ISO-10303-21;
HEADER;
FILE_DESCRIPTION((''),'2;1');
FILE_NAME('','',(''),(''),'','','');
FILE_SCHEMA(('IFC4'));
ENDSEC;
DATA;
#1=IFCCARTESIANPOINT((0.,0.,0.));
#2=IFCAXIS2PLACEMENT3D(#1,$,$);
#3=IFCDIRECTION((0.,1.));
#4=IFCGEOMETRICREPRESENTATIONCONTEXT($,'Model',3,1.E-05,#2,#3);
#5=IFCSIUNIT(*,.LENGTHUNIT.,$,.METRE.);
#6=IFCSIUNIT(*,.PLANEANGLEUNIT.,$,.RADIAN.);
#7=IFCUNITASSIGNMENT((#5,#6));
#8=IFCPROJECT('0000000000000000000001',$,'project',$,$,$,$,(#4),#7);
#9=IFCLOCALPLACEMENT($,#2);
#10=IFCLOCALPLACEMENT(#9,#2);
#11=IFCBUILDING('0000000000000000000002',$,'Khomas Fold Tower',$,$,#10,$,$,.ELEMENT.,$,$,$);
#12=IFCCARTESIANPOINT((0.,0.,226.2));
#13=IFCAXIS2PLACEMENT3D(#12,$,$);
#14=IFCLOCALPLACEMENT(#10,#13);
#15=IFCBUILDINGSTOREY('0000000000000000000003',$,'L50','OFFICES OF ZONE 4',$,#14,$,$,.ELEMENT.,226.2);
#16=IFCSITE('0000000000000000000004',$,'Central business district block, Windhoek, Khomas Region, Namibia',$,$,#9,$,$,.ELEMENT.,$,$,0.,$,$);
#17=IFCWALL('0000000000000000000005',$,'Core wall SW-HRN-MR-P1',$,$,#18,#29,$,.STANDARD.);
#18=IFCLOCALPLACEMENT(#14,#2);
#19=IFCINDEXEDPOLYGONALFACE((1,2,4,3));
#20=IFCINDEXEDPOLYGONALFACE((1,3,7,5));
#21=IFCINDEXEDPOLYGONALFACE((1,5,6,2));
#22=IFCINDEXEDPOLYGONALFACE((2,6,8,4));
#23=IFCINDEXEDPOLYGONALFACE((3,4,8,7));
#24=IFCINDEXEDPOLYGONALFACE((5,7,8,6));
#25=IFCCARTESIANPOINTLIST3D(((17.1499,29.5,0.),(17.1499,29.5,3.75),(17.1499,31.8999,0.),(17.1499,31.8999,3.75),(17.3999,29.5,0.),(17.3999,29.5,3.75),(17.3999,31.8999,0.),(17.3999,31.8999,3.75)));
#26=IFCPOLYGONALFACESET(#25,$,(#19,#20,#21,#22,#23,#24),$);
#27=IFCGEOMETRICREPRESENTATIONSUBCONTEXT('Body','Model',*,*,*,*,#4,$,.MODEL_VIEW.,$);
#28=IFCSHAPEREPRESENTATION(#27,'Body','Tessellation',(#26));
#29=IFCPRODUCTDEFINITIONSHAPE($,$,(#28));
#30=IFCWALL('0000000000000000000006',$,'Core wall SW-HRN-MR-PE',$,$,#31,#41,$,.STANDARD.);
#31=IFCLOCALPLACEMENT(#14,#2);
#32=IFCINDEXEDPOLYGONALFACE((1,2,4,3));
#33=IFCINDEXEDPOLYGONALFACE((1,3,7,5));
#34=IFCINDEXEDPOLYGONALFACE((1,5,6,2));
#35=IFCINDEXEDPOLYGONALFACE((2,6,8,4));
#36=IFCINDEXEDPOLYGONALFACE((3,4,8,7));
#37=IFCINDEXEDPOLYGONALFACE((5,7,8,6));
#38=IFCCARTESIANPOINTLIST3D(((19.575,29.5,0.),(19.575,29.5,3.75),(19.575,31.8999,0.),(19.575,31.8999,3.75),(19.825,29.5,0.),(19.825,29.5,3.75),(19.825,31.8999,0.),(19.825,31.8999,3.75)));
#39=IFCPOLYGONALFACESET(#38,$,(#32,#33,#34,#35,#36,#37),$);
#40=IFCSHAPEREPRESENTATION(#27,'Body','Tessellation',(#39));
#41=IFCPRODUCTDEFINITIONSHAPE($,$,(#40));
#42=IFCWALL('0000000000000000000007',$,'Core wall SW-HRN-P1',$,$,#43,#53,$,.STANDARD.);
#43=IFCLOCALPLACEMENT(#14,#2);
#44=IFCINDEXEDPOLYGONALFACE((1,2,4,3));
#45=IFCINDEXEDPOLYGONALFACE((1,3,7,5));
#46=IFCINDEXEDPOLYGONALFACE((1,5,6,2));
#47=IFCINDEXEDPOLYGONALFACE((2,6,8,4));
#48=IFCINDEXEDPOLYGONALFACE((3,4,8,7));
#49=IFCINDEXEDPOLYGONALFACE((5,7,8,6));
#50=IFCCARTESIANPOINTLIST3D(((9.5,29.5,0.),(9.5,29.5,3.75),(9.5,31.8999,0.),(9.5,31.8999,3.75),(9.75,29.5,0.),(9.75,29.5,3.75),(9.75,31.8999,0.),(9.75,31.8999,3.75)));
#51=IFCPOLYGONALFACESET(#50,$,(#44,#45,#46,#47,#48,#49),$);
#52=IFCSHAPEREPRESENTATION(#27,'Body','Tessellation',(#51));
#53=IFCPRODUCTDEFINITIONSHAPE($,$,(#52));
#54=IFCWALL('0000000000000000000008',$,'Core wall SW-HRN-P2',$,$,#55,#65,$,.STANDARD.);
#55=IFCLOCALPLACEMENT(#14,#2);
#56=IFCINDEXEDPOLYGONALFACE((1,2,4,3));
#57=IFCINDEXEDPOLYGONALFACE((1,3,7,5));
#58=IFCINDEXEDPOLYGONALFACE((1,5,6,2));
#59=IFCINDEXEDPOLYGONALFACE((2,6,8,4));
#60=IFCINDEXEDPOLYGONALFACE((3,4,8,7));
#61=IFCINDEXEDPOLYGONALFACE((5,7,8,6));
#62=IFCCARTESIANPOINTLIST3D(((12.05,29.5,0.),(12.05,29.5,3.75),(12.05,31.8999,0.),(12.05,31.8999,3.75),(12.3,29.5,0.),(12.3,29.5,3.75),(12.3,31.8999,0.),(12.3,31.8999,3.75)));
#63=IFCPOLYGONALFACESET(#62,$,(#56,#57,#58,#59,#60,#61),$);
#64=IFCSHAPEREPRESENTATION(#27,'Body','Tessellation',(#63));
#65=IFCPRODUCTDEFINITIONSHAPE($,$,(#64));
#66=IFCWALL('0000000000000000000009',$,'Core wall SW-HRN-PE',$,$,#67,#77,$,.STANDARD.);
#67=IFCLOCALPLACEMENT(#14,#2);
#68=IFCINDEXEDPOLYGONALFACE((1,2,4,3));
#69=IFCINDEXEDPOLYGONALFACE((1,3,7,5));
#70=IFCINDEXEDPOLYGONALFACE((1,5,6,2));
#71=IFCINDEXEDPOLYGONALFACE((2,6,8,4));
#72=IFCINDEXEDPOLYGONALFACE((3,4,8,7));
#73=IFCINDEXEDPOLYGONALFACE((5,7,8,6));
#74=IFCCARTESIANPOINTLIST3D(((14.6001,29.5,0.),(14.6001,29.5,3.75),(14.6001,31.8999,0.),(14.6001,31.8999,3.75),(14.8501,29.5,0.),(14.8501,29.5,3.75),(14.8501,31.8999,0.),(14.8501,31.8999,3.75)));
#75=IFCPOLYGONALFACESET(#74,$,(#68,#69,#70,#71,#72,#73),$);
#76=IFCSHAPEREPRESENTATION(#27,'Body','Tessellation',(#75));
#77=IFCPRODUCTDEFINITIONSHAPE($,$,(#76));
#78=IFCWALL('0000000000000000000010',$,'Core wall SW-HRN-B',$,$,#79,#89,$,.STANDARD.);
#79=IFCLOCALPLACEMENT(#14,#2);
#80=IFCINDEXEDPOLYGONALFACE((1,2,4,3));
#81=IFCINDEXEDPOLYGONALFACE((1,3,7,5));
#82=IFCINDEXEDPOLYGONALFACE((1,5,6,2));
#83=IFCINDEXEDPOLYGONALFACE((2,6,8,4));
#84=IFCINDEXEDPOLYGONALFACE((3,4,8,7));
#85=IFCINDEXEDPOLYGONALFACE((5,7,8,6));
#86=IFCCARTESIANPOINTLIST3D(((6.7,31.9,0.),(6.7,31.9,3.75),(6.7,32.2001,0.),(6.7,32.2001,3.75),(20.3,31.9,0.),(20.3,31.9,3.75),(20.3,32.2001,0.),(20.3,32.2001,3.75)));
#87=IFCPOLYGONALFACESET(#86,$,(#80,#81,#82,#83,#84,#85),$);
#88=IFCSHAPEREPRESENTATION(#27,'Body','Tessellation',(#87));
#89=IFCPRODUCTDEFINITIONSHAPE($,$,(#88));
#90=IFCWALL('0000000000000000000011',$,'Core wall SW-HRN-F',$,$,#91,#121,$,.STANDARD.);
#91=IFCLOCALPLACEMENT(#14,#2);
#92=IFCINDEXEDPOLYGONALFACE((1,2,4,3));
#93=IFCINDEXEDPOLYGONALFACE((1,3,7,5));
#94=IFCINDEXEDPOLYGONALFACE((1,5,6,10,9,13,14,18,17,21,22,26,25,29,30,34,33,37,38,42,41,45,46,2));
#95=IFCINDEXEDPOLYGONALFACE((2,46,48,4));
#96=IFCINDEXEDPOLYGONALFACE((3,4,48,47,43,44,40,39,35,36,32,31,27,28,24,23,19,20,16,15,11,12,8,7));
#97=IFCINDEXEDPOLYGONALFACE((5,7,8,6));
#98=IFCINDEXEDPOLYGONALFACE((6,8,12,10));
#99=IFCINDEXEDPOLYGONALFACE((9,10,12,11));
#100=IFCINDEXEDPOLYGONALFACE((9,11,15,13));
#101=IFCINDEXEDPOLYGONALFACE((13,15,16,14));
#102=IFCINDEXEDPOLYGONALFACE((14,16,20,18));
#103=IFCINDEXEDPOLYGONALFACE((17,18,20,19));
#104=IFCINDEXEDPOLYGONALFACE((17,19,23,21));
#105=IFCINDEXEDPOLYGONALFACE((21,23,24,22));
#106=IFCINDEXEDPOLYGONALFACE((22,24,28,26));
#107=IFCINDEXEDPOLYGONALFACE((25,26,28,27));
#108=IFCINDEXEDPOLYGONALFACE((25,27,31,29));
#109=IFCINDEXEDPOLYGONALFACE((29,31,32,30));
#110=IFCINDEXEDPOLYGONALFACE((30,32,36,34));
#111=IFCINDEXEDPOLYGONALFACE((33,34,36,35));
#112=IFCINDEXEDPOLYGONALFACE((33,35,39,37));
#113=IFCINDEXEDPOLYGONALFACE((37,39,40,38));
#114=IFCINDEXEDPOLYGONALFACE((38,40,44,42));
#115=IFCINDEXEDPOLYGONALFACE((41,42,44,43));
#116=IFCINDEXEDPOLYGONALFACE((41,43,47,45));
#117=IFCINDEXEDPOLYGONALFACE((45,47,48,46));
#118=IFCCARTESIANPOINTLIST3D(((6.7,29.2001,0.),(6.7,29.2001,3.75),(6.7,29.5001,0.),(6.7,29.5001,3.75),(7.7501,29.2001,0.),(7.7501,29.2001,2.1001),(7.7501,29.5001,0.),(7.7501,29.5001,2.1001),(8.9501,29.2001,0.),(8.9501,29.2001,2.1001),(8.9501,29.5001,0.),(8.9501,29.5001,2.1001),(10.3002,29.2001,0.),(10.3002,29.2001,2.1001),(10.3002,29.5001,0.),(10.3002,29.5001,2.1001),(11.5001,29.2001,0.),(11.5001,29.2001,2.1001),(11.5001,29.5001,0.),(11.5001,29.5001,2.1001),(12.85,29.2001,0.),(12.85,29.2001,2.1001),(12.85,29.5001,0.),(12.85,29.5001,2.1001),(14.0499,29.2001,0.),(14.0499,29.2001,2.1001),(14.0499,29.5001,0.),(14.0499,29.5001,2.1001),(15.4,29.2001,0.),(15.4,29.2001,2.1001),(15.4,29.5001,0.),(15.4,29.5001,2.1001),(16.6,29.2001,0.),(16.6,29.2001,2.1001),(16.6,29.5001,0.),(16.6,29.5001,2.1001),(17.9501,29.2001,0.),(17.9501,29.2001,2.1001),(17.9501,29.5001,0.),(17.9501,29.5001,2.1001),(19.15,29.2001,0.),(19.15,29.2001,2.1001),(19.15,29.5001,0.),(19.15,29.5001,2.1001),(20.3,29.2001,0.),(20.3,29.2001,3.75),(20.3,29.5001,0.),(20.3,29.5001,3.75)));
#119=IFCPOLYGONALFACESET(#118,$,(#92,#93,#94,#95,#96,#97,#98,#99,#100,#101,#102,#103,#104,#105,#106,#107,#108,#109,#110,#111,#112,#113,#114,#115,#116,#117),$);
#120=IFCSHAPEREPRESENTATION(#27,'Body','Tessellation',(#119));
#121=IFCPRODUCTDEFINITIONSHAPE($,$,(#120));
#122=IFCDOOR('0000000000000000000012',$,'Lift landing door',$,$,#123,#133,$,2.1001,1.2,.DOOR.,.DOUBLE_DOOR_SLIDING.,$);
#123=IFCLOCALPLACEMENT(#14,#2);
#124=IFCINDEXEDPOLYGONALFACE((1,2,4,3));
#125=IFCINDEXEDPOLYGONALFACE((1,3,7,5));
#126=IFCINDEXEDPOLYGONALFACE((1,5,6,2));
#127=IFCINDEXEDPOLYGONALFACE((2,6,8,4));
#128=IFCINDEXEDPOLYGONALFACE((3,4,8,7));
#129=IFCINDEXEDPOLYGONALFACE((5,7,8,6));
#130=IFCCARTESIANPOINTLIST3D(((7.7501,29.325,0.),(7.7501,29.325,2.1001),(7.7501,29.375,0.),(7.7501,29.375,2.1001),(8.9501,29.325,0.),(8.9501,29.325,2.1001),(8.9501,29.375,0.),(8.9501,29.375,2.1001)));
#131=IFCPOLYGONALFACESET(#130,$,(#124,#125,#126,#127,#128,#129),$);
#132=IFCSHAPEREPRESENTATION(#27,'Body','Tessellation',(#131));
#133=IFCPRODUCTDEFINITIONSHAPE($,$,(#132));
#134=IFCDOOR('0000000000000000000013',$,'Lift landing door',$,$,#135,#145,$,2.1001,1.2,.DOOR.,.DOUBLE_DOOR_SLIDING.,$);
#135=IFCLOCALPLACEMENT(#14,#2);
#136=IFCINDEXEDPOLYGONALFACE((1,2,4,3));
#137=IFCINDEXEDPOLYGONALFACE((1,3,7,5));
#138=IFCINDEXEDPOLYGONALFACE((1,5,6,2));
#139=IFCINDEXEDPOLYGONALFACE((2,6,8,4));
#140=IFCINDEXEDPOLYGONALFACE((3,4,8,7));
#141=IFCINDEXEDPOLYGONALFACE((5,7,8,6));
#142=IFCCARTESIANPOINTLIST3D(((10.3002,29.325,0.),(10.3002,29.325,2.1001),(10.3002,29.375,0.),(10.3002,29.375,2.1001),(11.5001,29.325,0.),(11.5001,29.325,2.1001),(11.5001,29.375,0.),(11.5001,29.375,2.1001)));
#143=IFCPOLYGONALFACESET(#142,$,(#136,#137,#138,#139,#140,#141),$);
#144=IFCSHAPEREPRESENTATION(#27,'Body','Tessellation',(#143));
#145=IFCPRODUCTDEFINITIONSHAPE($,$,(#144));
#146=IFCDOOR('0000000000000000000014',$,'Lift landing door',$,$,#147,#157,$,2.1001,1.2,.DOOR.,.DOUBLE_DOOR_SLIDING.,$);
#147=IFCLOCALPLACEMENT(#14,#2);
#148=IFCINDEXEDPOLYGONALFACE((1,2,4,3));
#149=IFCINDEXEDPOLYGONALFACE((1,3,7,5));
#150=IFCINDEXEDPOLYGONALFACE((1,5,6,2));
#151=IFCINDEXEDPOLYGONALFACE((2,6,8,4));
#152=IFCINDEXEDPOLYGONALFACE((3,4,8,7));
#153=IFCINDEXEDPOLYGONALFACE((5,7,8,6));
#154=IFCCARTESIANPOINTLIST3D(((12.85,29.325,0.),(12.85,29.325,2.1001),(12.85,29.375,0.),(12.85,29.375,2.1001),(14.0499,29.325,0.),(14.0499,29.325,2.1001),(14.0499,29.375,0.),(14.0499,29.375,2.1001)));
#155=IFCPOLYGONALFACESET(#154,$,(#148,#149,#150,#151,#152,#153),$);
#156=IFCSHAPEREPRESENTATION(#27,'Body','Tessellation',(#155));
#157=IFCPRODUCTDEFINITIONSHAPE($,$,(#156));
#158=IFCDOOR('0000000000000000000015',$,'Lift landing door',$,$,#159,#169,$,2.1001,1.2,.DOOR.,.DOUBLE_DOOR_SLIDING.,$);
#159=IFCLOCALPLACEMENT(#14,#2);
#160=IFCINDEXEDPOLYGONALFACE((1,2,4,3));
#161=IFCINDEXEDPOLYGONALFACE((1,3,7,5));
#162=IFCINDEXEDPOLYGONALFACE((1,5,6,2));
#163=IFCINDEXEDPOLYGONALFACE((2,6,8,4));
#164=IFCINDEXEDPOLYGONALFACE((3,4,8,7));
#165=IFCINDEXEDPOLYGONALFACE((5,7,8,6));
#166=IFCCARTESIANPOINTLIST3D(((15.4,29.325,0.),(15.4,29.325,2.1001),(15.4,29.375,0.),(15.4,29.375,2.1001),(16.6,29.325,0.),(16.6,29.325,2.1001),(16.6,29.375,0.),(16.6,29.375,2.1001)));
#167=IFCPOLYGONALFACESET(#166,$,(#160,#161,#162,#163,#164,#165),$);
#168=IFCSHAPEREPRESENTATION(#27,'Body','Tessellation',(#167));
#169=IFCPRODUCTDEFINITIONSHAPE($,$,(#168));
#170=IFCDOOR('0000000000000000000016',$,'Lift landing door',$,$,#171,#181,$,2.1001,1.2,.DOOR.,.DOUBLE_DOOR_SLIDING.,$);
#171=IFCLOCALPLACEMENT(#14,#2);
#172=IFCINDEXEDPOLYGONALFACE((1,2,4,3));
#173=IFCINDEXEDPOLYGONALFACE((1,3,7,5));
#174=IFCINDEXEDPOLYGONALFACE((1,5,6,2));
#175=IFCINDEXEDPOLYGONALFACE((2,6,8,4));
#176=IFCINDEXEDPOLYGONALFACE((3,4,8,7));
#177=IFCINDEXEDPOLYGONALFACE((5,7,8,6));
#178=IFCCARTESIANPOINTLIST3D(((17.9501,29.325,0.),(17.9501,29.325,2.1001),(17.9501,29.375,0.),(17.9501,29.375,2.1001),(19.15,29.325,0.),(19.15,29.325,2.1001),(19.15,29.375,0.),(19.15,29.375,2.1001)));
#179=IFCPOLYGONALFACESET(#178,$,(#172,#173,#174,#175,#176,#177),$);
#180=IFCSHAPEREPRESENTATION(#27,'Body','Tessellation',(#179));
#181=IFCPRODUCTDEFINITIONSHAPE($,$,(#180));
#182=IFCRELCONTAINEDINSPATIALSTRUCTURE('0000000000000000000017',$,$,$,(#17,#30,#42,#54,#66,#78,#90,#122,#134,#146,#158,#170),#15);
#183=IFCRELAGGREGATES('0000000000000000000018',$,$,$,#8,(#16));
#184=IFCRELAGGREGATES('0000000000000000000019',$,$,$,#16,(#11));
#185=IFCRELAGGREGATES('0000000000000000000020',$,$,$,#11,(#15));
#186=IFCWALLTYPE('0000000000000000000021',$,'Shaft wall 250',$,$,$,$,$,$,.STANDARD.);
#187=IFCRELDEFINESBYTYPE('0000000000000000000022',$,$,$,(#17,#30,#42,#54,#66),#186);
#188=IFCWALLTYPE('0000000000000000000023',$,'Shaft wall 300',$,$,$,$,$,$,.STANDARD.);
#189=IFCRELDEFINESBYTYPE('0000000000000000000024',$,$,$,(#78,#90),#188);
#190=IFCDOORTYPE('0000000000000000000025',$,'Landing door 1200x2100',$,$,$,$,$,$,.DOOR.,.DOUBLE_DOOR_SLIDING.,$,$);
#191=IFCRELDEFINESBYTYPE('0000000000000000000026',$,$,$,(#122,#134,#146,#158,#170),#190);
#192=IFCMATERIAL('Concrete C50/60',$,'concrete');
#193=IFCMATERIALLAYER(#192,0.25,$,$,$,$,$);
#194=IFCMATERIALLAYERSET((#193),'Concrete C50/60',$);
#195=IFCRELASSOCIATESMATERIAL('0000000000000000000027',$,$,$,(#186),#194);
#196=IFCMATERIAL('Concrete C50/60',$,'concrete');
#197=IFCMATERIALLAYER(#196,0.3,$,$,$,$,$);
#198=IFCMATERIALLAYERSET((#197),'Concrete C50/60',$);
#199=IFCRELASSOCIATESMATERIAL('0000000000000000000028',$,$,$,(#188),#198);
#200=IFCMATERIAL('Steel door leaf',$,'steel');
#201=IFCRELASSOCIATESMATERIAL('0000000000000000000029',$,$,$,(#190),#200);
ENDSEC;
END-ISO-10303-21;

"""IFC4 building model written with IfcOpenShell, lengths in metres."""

from ifc_helpers import new_model, si_unit, direction, frame, frame_2d, origin, place, context, subcontext, project, spatial, rectangle, extrude, source, transform, mapped, material, layer, layer_set, type_object, element, fill, save


model = new_model("IFC4")

# Units and contexts
model_context = context("Model", 3, precision=1e-05, world=origin(), true_north=direction((0.0, 1.0)))
body_context = subcontext(model_context, "Body", "Model", "MODEL_VIEW")
ifc_project = project(units=[si_unit("LENGTHUNIT", "METRE"), si_unit("PLANEANGLEUNIT", "RADIAN")], contexts=[model_context])

# Site, building, storey
site_placement = place(None, origin())
site = spatial("IfcSite", under=ifc_project, at=site_placement, Name="Central business district block, Windhoek, Khomas Region, Namibia", CompositionType="ELEMENT", RefElevation=0.0)
building_placement = place(site_placement, origin())
building = spatial("IfcBuilding", under=site, at=building_placement, Name="Khomas Fold Tower", CompositionType="ELEMENT")
storey_placement = place(building_placement, frame((0.0, 0.0, 226.2)))
storey = spatial("IfcBuildingStorey", under=building, at=storey_placement, Name="L50", Description="OFFICES OF ZONE 4", CompositionType="ELEMENT", Elevation=226.2)

# Walls
ifc_material_1 = material(Name="Concrete C50/60", Category="concrete")
ifc_layer_1 = layer(ifc_material_1, 0.25)
ifc_layer_set_1 = layer_set([ifc_layer_1], Name="Concrete C50/60")
wall_type_1 = type_object("IfcWallType", Name="Shaft wall 250", PredefinedType="STANDARD", material=ifc_layer_set_1)
shared_shape_1 = source(origin(), body_context, "Body", "SweptSolid", [
    extrude(rectangle(XDim=2.3999, YDim=0.25, at=frame_2d((1.2, 0.0))), origin(), (0.0, 0.0, 1.0), 3.75),
])
for number, where, z_axis, x_axis, name in (
    (1, (17.2749, 29.5, 0.0), (0.0, 0.0, 1.0), (0.0, 1.0, 0.0), "Core wall SW-HRN-MR-P1"),
    (2, (19.7, 29.5, 0.0), (0.0, 0.0, 1.0), (0.0, 1.0, 0.0), "Core wall SW-HRN-MR-PE"),
    (3, (9.625, 29.5, 0.0), (0.0, 0.0, 1.0), (0.0, 1.0, 0.0), "Core wall SW-HRN-P1"),
    (4, (12.175, 29.5, 0.0), (0.0, 0.0, 1.0), (0.0, 1.0, 0.0), "Core wall SW-HRN-P2"),
    (5, (14.7251, 29.5, 0.0), (0.0, 0.0, 1.0), (0.0, 1.0, 0.0), "Core wall SW-HRN-PE"),
):
    element("IfcWall", number, at=place(storey_placement, frame(where, z_axis=z_axis, x_axis=x_axis)), inside=storey, type_object=wall_type_1, Name=name, PredefinedType="STANDARD", context=body_context, shape_type="MappedRepresentation", body=[
        mapped(shared_shape_1, transform((0.0, 0.0, 0.0))),
    ])
ifc_material_2 = material(Name="Concrete C50/60", Category="concrete")
ifc_layer_2 = layer(ifc_material_2, 0.3)
ifc_layer_set_2 = layer_set([ifc_layer_2], Name="Concrete C50/60")
wall_type_2 = type_object("IfcWallType", Name="Shaft wall 300", PredefinedType="STANDARD", material=ifc_layer_set_2)
shared_shape_2 = source(origin(), body_context, "Body", "SweptSolid", [
    extrude(rectangle(XDim=13.6001, YDim=0.3, at=frame_2d((6.8, 0.0))), origin(), (0.0, 0.0, 1.0), 3.75),
])
wall_1_placement = place(storey_placement, frame((6.7, 32.05, 0.0), z_axis=(0.0, 0.0, 1.0), x_axis=(1.0, 0.0, 0.0)))
element("IfcWall", 6, at=wall_1_placement, inside=storey, type_object=wall_type_2, Name="Core wall SW-HRN-B", PredefinedType="STANDARD", context=body_context, shape_type="MappedRepresentation", body=[
    mapped(shared_shape_2, transform((0.0, 0.0, 0.0))),
])

# Wall, openings, doors
wall_2_placement = place(storey_placement, frame((6.7, 29.3501, 0.0), z_axis=(0.0, 0.0, 1.0), x_axis=(1.0, 0.0, 0.0)))
wall_2 = element("IfcWall", 7, at=wall_2_placement, inside=storey, type_object=wall_type_2, Name="Core wall SW-HRN-F", PredefinedType="STANDARD", context=body_context, shape_type="MappedRepresentation", body=[
    mapped(shared_shape_2, transform((0.0, 0.0, 0.0))),
])
shared_shape_3 = source(origin(), body_context, "Body", "SweptSolid", [
    extrude(rectangle(XDim=1.2, YDim=2.1001, at=frame_2d((0.6001, 1.05))), frame((0.0, 0.1599, 0.0), z_axis=(0.0, -1.0, 0.0), x_axis=(1.0, 0.0, 0.0)), (0.0, 0.0, 1.0), 0.3201),
])
opening_1_placement = place(wall_2_placement, frame((1.05, 0.0, 0.0)))
opening_1 = element("IfcOpeningElement", 8, at=opening_1_placement, cuts=wall_2, PredefinedType="OPENING", context=body_context, shape_type="MappedRepresentation", body=[
    mapped(shared_shape_3, transform((0.0, 0.0, 0.0))),
])
opening_2_placement = place(wall_2_placement, frame((3.6001, 0.0, 0.0)))
opening_2 = element("IfcOpeningElement", 9, at=opening_2_placement, cuts=wall_2, PredefinedType="OPENING", context=body_context, shape_type="MappedRepresentation", body=[
    mapped(shared_shape_3, transform((0.0, 0.0, 0.0))),
])
opening_3_placement = place(wall_2_placement, frame((6.1499, 0.0, 0.0)))
opening_3 = element("IfcOpeningElement", 10, at=opening_3_placement, cuts=wall_2, PredefinedType="OPENING", context=body_context, shape_type="MappedRepresentation", body=[
    mapped(shared_shape_3, transform((0.0, 0.0, 0.0))),
])
opening_4_placement = place(wall_2_placement, frame((8.7, 0.0, 0.0)))
opening_4 = element("IfcOpeningElement", 11, at=opening_4_placement, cuts=wall_2, PredefinedType="OPENING", context=body_context, shape_type="MappedRepresentation", body=[
    mapped(shared_shape_3, transform((0.0, 0.0, 0.0))),
])
opening_5_placement = place(wall_2_placement, frame((11.25, 0.0, 0.0)))
opening_5 = element("IfcOpeningElement", 12, at=opening_5_placement, cuts=wall_2, PredefinedType="OPENING", context=body_context, shape_type="MappedRepresentation", body=[
    mapped(shared_shape_3, transform((0.0, 0.0, 0.0))),
])
ifc_material_3 = material(Name="Steel door leaf", Category="steel")
door_type = type_object("IfcDoorType", Name="Landing door 1200x2100", OperationType="DOUBLE_DOOR_SLIDING", PredefinedType="DOOR", material=ifc_material_3)
shared_shape_4 = source(origin(), body_context, "Body", "SweptSolid", [
    extrude(rectangle(XDim=1.2, YDim=2.1001, at=frame_2d((0.6001, 1.05))), frame((0.0, 0.0249, 0.0), z_axis=(0.0, -1.0, 0.0), x_axis=(1.0, 0.0, 0.0)), (0.0, 0.0, 1.0), 0.05),
])
door_1_placement = place(opening_1_placement, origin())
door_1 = element("IfcDoor", 13, at=door_1_placement, inside=storey, type_object=door_type, Name="Lift landing door", OperationType="DOUBLE_DOOR_SLIDING", OverallHeight=2.1001, OverallWidth=1.2, PredefinedType="DOOR", context=body_context, shape_type="MappedRepresentation", body=[
    mapped(shared_shape_4, transform((0.0, 0.0, 0.0))),
])
fill(opening_1, door_1)
door_2_placement = place(opening_2_placement, origin())
door_2 = element("IfcDoor", 14, at=door_2_placement, inside=storey, type_object=door_type, Name="Lift landing door", OperationType="DOUBLE_DOOR_SLIDING", OverallHeight=2.1001, OverallWidth=1.2, PredefinedType="DOOR", context=body_context, shape_type="MappedRepresentation", body=[
    mapped(shared_shape_4, transform((0.0, 0.0, 0.0))),
])
fill(opening_2, door_2)
door_3_placement = place(opening_3_placement, origin())
door_3 = element("IfcDoor", 15, at=door_3_placement, inside=storey, type_object=door_type, Name="Lift landing door", OperationType="DOUBLE_DOOR_SLIDING", OverallHeight=2.1001, OverallWidth=1.2, PredefinedType="DOOR", context=body_context, shape_type="MappedRepresentation", body=[
    mapped(shared_shape_4, transform((0.0, 0.0, 0.0))),
])
fill(opening_3, door_3)
door_4_placement = place(opening_4_placement, origin())
door_4 = element("IfcDoor", 16, at=door_4_placement, inside=storey, type_object=door_type, Name="Lift landing door", OperationType="DOUBLE_DOOR_SLIDING", OverallHeight=2.1001, OverallWidth=1.2, PredefinedType="DOOR", context=body_context, shape_type="MappedRepresentation", body=[
    mapped(shared_shape_4, transform((0.0, 0.0, 0.0))),
])
fill(opening_4, door_4)
door_5_placement = place(opening_5_placement, origin())
door_5 = element("IfcDoor", 17, at=door_5_placement, inside=storey, type_object=door_type, Name="Lift landing door", OperationType="DOUBLE_DOOR_SLIDING", OverallHeight=2.1001, OverallWidth=1.2, PredefinedType="DOOR", context=body_context, shape_type="MappedRepresentation", body=[
    mapped(shared_shape_4, transform((0.0, 0.0, 0.0))),
])
fill(opening_5, door_5)

save(model, "model.ifc")
